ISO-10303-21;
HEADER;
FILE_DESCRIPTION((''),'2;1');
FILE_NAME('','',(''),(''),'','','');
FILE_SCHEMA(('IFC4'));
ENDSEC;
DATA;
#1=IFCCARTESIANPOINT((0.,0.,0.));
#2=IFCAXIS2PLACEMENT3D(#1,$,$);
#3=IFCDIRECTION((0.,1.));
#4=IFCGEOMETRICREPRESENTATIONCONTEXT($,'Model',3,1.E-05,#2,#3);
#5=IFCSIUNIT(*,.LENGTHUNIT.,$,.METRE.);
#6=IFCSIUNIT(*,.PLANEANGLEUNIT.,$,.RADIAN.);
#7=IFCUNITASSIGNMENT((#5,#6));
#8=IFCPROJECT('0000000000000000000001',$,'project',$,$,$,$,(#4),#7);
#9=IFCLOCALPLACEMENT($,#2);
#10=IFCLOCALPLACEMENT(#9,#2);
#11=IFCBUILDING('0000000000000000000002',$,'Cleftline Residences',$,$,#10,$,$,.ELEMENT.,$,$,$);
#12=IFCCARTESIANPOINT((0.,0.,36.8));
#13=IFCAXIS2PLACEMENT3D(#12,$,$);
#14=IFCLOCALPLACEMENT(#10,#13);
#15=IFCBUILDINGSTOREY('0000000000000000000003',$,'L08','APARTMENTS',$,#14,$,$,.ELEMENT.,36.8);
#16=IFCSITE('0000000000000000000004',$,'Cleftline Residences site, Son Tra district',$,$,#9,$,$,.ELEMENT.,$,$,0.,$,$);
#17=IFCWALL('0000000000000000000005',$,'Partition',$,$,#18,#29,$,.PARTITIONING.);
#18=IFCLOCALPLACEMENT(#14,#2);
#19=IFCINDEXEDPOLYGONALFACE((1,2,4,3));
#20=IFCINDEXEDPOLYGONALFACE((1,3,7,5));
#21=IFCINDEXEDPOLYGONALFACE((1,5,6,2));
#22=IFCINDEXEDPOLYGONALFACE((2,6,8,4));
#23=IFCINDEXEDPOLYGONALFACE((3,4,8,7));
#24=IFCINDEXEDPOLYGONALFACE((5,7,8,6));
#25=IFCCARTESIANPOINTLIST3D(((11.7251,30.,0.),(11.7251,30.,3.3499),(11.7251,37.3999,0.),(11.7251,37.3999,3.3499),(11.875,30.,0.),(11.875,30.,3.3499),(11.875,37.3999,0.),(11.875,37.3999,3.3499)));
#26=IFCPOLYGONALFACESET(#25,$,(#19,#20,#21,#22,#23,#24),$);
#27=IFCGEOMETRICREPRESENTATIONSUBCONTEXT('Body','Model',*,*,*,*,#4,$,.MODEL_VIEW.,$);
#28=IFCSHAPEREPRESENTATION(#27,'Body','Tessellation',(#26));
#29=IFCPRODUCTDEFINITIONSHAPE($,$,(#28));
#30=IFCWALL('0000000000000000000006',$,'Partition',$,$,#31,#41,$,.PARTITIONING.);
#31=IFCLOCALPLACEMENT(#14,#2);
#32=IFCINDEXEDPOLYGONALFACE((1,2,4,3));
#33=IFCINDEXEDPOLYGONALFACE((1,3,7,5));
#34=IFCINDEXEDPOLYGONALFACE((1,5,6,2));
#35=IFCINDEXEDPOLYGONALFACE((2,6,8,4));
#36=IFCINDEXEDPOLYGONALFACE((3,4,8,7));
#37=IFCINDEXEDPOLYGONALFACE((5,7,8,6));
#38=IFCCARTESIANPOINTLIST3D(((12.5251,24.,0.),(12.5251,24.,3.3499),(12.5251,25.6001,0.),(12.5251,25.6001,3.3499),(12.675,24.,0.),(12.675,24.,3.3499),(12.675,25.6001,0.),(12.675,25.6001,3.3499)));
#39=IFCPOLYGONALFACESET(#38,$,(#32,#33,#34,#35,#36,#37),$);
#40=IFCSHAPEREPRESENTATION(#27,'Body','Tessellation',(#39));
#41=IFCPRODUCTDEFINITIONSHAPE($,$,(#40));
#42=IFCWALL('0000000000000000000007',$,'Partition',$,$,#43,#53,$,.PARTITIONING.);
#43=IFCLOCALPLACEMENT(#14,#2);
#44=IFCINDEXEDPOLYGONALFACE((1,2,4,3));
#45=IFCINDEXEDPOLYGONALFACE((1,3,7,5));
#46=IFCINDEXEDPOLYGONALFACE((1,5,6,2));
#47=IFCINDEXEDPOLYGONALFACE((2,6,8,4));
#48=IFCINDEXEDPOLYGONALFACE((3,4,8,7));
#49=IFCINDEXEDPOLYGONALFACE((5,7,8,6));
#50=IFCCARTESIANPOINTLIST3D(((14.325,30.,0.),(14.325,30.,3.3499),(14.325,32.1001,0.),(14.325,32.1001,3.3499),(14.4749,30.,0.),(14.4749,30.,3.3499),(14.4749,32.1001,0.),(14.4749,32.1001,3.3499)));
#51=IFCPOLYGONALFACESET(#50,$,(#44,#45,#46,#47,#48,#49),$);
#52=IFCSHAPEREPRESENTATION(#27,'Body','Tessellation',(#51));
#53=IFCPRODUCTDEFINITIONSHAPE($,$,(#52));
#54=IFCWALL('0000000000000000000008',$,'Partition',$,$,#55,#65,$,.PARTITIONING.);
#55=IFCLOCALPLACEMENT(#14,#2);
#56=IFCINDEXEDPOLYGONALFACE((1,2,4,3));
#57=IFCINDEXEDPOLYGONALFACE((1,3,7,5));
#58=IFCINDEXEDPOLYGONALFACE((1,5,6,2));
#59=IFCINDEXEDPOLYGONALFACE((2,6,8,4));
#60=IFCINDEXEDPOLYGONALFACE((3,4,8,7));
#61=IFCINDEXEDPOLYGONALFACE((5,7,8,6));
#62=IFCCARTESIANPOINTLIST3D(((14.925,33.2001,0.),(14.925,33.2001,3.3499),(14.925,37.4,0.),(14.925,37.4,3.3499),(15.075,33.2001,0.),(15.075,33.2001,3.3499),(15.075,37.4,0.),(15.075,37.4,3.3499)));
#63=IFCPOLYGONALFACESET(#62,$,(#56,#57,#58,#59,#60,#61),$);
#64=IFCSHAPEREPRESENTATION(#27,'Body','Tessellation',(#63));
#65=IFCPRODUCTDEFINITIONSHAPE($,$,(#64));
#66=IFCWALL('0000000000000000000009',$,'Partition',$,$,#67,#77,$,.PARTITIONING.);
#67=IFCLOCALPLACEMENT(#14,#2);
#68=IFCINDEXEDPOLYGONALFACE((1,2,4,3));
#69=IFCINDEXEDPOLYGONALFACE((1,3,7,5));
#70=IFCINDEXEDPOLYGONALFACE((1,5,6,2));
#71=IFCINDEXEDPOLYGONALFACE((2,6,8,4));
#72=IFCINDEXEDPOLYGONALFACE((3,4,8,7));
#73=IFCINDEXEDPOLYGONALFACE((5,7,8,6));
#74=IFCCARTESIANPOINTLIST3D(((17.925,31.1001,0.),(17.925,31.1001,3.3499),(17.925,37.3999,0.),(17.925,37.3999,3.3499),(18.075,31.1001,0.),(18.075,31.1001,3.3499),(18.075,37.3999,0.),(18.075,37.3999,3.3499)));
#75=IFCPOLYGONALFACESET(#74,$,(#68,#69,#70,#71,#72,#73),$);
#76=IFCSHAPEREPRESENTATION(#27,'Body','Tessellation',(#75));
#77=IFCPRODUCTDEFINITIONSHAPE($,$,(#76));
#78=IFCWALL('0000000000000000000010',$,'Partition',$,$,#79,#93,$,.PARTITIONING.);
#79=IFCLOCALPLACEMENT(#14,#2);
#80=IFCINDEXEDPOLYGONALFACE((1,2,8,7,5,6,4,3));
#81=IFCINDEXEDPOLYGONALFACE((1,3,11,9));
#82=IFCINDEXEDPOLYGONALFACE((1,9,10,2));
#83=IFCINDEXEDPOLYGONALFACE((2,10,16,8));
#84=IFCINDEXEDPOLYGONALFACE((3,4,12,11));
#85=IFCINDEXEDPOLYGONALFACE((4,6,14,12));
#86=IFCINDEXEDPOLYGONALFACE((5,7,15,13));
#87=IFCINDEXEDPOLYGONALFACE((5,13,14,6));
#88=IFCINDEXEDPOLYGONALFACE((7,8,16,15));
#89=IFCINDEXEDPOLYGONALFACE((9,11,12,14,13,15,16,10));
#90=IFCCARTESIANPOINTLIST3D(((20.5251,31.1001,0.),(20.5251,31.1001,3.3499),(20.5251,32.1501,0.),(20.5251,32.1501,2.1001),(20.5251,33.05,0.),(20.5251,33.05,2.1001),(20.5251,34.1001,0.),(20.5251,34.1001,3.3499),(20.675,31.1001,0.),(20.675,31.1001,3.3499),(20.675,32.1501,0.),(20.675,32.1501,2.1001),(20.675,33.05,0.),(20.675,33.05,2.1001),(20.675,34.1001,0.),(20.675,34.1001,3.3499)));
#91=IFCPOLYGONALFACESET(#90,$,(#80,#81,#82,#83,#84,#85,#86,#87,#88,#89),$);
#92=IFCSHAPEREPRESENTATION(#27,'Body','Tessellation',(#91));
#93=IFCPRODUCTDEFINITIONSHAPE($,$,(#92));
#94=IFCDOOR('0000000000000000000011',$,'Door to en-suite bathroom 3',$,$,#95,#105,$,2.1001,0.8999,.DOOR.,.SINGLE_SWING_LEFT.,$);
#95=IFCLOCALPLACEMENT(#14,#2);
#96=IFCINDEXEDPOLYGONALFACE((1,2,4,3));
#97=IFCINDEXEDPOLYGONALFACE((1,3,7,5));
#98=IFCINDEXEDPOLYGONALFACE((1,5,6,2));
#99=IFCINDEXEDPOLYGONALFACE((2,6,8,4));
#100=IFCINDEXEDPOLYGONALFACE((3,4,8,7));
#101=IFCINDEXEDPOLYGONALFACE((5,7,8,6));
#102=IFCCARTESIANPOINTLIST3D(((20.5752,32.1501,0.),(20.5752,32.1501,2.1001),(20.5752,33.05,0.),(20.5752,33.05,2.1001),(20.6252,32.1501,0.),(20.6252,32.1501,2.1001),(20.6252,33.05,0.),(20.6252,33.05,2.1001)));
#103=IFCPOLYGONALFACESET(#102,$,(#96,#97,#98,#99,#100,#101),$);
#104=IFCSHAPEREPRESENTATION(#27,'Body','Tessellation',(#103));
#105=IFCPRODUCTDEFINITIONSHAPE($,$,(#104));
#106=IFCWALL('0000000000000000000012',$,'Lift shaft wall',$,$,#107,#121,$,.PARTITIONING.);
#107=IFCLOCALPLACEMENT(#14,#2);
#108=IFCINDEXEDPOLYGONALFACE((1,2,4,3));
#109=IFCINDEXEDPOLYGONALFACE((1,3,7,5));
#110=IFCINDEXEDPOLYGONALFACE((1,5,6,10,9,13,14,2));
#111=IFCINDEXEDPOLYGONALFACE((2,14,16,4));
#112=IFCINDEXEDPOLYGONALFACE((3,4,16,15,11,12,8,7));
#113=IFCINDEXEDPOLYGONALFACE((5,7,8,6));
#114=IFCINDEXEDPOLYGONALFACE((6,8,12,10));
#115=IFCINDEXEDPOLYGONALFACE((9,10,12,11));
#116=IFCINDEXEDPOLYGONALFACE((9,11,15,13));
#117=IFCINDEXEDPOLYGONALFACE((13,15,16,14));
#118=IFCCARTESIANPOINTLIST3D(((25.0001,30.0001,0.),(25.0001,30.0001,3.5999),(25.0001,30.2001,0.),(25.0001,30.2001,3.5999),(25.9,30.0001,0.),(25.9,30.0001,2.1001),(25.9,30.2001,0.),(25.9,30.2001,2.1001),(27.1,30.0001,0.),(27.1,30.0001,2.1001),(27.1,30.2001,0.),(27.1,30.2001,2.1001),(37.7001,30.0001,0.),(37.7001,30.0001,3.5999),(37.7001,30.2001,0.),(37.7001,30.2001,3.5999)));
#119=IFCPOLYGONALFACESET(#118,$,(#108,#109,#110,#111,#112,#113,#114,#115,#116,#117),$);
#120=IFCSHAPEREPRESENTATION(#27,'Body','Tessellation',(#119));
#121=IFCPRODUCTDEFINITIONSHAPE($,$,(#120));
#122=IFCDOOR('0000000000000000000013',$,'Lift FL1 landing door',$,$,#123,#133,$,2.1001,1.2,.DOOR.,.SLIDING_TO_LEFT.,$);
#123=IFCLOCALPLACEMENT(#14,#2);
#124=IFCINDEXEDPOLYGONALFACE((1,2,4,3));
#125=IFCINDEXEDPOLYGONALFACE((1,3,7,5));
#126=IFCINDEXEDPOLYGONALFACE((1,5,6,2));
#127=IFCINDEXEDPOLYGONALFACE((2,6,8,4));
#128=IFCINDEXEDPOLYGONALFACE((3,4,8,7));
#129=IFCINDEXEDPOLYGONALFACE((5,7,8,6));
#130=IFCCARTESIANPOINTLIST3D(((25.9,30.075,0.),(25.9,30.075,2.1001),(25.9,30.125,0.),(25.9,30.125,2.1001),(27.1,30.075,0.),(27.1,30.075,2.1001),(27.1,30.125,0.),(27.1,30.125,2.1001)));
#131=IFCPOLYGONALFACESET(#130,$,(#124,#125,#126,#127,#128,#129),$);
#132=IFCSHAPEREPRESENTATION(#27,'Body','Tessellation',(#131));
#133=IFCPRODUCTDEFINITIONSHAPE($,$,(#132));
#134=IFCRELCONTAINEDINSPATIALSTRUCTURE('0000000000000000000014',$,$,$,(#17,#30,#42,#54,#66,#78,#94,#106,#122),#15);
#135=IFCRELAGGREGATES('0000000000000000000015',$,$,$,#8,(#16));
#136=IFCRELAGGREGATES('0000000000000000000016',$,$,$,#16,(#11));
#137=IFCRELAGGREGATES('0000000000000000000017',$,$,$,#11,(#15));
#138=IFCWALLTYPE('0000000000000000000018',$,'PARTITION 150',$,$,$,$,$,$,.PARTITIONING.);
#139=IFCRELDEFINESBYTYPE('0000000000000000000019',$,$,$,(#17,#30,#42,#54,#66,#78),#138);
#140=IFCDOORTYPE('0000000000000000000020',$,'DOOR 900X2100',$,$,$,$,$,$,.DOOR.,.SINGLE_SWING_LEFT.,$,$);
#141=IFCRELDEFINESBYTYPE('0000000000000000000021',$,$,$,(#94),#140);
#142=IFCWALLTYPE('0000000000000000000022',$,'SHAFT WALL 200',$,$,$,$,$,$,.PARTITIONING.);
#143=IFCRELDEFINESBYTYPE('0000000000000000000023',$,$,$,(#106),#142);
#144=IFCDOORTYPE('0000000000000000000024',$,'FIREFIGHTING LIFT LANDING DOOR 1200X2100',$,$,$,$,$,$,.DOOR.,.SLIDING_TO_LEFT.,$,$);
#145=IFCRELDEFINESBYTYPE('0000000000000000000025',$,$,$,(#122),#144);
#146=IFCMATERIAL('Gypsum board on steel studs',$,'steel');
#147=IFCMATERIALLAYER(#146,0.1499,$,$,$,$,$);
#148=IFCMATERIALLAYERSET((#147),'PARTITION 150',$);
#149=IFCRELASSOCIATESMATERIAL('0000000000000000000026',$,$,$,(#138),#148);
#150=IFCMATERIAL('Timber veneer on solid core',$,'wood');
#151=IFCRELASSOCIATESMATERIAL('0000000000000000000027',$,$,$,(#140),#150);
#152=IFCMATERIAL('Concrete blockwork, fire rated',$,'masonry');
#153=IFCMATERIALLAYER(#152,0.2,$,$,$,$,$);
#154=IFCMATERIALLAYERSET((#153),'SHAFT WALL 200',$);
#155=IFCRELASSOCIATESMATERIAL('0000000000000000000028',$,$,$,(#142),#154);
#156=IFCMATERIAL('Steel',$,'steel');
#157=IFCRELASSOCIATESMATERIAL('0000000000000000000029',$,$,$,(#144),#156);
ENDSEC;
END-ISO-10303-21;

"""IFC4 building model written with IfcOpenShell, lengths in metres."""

from ifc_helpers import new_model, si_unit, direction, frame, frame_2d, origin, place, context, subcontext, project, spatial, rectangle, extrude, material, layer, layer_set, type_object, element, fill, save


model = new_model("IFC4")

# Units and contexts
model_context = context("Model", 3, precision=1e-05, world=origin(), true_north=direction((0.0, 1.0)))
body_context = subcontext(model_context, "Body", "Model", "MODEL_VIEW")
ifc_project = project(units=[si_unit("LENGTHUNIT", "METRE"), si_unit("PLANEANGLEUNIT", "RADIAN")], contexts=[model_context])

# Site, building, storey
site_placement = place(None, origin())
site = spatial("IfcSite", under=ifc_project, at=site_placement, Name="Cleftline Residences site, Son Tra district", CompositionType="ELEMENT", RefElevation=0.0)
building_placement = place(site_placement, origin())
building = spatial("IfcBuilding", under=site, at=building_placement, Name="Cleftline Residences", CompositionType="ELEMENT")
storey_placement = place(building_placement, frame((0.0, 0.0, 36.8)))
storey = spatial("IfcBuildingStorey", under=building, at=storey_placement, Name="L08", Description="APARTMENTS", CompositionType="ELEMENT", Elevation=36.8)

# Shared definitions
ifc_material_1 = material(Name="Gypsum board on steel studs", Category="steel")
ifc_layer_1 = layer(ifc_material_1, 0.1499)
ifc_layer_set_1 = layer_set([ifc_layer_1], Name="PARTITION 150")
wall_type_1 = type_object("IfcWallType", Name="PARTITION 150", PredefinedType="PARTITIONING", material=ifc_layer_set_1)
ifc_material_2 = material(Name="Timber veneer on solid core", Category="wood")
door_type_1 = type_object("IfcDoorType", Name="DOOR 900X2100", OperationType="SINGLE_SWING_LEFT", PredefinedType="DOOR", material=ifc_material_2)

# Walls
wall_1_placement = place(storey_placement, frame((11.8, 30.0, 0.0), z_axis=(0.0, 0.0, 1.0), x_axis=(0.0, 1.0, 0.0)))
element("IfcWall", 1, at=wall_1_placement, inside=storey, type_object=wall_type_1, Name="Partition", PredefinedType="PARTITIONING", context=body_context, shape_type="SweptSolid", body=[
    extrude(rectangle(XDim=7.3999, YDim=0.1499, at=frame_2d((3.7, 0.0))), origin(), (0.0, 0.0, 1.0), 3.3499),
])
wall_2_placement = place(storey_placement, frame((12.6001, 24.0, 0.0), z_axis=(0.0, 0.0, 1.0), x_axis=(0.0, 1.0, 0.0)))
element("IfcWall", 2, at=wall_2_placement, inside=storey, type_object=wall_type_1, Name="Partition", PredefinedType="PARTITIONING", context=body_context, shape_type="SweptSolid", body=[
    extrude(rectangle(XDim=1.6001, YDim=0.1499, at=frame_2d((0.8, 0.0))), origin(), (0.0, 0.0, 1.0), 3.3499),
])
wall_3_placement = place(storey_placement, frame((14.3999, 30.0, 0.0), z_axis=(0.0, 0.0, 1.0), x_axis=(0.0, 1.0, 0.0)))
element("IfcWall", 3, at=wall_3_placement, inside=storey, type_object=wall_type_1, Name="Partition", PredefinedType="PARTITIONING", context=body_context, shape_type="SweptSolid", body=[
    extrude(rectangle(XDim=2.1001, YDim=0.1499, at=frame_2d((1.05, 0.0))), origin(), (0.0, 0.0, 1.0), 3.3499),
])
wall_4_placement = place(storey_placement, frame((15.0, 33.2, 0.0), z_axis=(0.0, 0.0, 1.0), x_axis=(0.0, 1.0, 0.0)))
element("IfcWall", 4, at=wall_4_placement, inside=storey, type_object=wall_type_1, Name="Partition", PredefinedType="PARTITIONING", context=body_context, shape_type="SweptSolid", body=[
    extrude(rectangle(XDim=4.2, YDim=0.1499, at=frame_2d((2.1001, 0.0))), origin(), (0.0, 0.0, 1.0), 3.3499),
])
wall_5_placement = place(storey_placement, frame((18.0, 31.1001, 0.0), z_axis=(0.0, 0.0, 1.0), x_axis=(0.0, 1.0, 0.0)))
element("IfcWall", 5, at=wall_5_placement, inside=storey, type_object=wall_type_1, Name="Partition", PredefinedType="PARTITIONING", context=body_context, shape_type="SweptSolid", body=[
    extrude(rectangle(XDim=6.2998, YDim=0.1499, at=frame_2d((3.1499, 0.0))), origin(), (0.0, 0.0, 1.0), 3.3499),
])

# Walls, openings, doors
wall_6_placement = place(storey_placement, frame((20.6001, 31.1001, 0.0), z_axis=(0.0, 0.0, 1.0), x_axis=(0.0, 1.0, 0.0)))
wall_6 = element("IfcWall", 6, at=wall_6_placement, inside=storey, type_object=wall_type_1, Name="Partition", PredefinedType="PARTITIONING", context=body_context, shape_type="SweptSolid", body=[
    extrude(rectangle(XDim=3.0, YDim=0.1499, at=frame_2d((1.5, 0.0))), origin(), (0.0, 0.0, 1.0), 3.3499),
])
opening_1_placement = place(wall_6_placement, frame((1.05, 0.0, 0.0)))
opening_1 = element("IfcOpeningElement", 7, at=opening_1_placement, cuts=wall_6, PredefinedType="OPENING", context=body_context, shape_type="SweptSolid", body=[
    extrude(rectangle(XDim=0.8999, YDim=2.1001, at=frame_2d((0.45, 1.05))), frame((0.0, 0.085, 0.0), z_axis=(0.0, -1.0, 0.0), x_axis=(1.0, 0.0, 0.0)), (0.0, 0.0, 1.0), 0.1699),
])
door_1_placement = place(opening_1_placement, origin())
door_1 = element("IfcDoor", 8, at=door_1_placement, inside=storey, type_object=door_type_1, Name="Door to en-suite bathroom 3", OperationType="SINGLE_SWING_LEFT", OverallHeight=2.1001, OverallWidth=0.8999, PredefinedType="DOOR", context=body_context, shape_type="SweptSolid", body=[
    extrude(rectangle(XDim=0.8999, YDim=2.1001, at=frame_2d((0.45, 1.05))), frame((0.0, 0.0249, 0.0), z_axis=(0.0, -1.0, 0.0), x_axis=(1.0, 0.0, 0.0)), (0.0, 0.0, 1.0), 0.05),
])
fill(opening_1, door_1)
ifc_material_3 = material(Name="Concrete blockwork, fire rated", Category="masonry")
ifc_layer_2 = layer(ifc_material_3, 0.2)
ifc_layer_set_2 = layer_set([ifc_layer_2], Name="SHAFT WALL 200")
wall_type_2 = type_object("IfcWallType", Name="SHAFT WALL 200", PredefinedType="PARTITIONING", material=ifc_layer_set_2)
wall_7_placement = place(storey_placement, frame((25.0, 30.1001, 0.0), z_axis=(0.0, 0.0, 1.0), x_axis=(1.0, 0.0, 0.0)))
wall_7 = element("IfcWall", 9, at=wall_7_placement, inside=storey, type_object=wall_type_2, Name="Lift shaft wall", PredefinedType="PARTITIONING", context=body_context, shape_type="SweptSolid", body=[
    extrude(rectangle(XDim=12.7, YDim=0.2, at=frame_2d((6.3501, 0.0))), origin(), (0.0, 0.0, 1.0), 3.5999),
])
opening_2_placement = place(wall_7_placement, frame((0.8999, 0.0, 0.0)))
opening_2 = element("IfcOpeningElement", 10, at=opening_2_placement, cuts=wall_7, PredefinedType="OPENING", context=body_context, shape_type="SweptSolid", body=[
    extrude(rectangle(XDim=1.2, YDim=2.1001, at=frame_2d((0.6001, 1.05))), frame((0.0, 0.1099, 0.0), z_axis=(0.0, -1.0, 0.0), x_axis=(1.0, 0.0, 0.0)), (0.0, 0.0, 1.0), 0.22),
])
ifc_material_4 = material(Name="Steel", Category="steel")
door_type_2 = type_object("IfcDoorType", Name="FIREFIGHTING LIFT LANDING DOOR 1200X2100", OperationType="SLIDING_TO_LEFT", PredefinedType="DOOR", material=ifc_material_4)
door_2_placement = place(opening_2_placement, origin())
door_2 = element("IfcDoor", 11, at=door_2_placement, inside=storey, type_object=door_type_2, Name="Lift FL1 landing door", OperationType="SLIDING_TO_LEFT", OverallHeight=2.1001, OverallWidth=1.2, PredefinedType="DOOR", context=body_context, shape_type="SweptSolid", body=[
    extrude(rectangle(XDim=1.2, YDim=2.1001, at=frame_2d((0.6001, 1.05))), frame((0.0, 0.0249, 0.0), z_axis=(0.0, -1.0, 0.0), x_axis=(1.0, 0.0, 0.0)), (0.0, 0.0, 1.0), 0.05),
])
fill(opening_2, door_2)

save(model, "model.ifc")
